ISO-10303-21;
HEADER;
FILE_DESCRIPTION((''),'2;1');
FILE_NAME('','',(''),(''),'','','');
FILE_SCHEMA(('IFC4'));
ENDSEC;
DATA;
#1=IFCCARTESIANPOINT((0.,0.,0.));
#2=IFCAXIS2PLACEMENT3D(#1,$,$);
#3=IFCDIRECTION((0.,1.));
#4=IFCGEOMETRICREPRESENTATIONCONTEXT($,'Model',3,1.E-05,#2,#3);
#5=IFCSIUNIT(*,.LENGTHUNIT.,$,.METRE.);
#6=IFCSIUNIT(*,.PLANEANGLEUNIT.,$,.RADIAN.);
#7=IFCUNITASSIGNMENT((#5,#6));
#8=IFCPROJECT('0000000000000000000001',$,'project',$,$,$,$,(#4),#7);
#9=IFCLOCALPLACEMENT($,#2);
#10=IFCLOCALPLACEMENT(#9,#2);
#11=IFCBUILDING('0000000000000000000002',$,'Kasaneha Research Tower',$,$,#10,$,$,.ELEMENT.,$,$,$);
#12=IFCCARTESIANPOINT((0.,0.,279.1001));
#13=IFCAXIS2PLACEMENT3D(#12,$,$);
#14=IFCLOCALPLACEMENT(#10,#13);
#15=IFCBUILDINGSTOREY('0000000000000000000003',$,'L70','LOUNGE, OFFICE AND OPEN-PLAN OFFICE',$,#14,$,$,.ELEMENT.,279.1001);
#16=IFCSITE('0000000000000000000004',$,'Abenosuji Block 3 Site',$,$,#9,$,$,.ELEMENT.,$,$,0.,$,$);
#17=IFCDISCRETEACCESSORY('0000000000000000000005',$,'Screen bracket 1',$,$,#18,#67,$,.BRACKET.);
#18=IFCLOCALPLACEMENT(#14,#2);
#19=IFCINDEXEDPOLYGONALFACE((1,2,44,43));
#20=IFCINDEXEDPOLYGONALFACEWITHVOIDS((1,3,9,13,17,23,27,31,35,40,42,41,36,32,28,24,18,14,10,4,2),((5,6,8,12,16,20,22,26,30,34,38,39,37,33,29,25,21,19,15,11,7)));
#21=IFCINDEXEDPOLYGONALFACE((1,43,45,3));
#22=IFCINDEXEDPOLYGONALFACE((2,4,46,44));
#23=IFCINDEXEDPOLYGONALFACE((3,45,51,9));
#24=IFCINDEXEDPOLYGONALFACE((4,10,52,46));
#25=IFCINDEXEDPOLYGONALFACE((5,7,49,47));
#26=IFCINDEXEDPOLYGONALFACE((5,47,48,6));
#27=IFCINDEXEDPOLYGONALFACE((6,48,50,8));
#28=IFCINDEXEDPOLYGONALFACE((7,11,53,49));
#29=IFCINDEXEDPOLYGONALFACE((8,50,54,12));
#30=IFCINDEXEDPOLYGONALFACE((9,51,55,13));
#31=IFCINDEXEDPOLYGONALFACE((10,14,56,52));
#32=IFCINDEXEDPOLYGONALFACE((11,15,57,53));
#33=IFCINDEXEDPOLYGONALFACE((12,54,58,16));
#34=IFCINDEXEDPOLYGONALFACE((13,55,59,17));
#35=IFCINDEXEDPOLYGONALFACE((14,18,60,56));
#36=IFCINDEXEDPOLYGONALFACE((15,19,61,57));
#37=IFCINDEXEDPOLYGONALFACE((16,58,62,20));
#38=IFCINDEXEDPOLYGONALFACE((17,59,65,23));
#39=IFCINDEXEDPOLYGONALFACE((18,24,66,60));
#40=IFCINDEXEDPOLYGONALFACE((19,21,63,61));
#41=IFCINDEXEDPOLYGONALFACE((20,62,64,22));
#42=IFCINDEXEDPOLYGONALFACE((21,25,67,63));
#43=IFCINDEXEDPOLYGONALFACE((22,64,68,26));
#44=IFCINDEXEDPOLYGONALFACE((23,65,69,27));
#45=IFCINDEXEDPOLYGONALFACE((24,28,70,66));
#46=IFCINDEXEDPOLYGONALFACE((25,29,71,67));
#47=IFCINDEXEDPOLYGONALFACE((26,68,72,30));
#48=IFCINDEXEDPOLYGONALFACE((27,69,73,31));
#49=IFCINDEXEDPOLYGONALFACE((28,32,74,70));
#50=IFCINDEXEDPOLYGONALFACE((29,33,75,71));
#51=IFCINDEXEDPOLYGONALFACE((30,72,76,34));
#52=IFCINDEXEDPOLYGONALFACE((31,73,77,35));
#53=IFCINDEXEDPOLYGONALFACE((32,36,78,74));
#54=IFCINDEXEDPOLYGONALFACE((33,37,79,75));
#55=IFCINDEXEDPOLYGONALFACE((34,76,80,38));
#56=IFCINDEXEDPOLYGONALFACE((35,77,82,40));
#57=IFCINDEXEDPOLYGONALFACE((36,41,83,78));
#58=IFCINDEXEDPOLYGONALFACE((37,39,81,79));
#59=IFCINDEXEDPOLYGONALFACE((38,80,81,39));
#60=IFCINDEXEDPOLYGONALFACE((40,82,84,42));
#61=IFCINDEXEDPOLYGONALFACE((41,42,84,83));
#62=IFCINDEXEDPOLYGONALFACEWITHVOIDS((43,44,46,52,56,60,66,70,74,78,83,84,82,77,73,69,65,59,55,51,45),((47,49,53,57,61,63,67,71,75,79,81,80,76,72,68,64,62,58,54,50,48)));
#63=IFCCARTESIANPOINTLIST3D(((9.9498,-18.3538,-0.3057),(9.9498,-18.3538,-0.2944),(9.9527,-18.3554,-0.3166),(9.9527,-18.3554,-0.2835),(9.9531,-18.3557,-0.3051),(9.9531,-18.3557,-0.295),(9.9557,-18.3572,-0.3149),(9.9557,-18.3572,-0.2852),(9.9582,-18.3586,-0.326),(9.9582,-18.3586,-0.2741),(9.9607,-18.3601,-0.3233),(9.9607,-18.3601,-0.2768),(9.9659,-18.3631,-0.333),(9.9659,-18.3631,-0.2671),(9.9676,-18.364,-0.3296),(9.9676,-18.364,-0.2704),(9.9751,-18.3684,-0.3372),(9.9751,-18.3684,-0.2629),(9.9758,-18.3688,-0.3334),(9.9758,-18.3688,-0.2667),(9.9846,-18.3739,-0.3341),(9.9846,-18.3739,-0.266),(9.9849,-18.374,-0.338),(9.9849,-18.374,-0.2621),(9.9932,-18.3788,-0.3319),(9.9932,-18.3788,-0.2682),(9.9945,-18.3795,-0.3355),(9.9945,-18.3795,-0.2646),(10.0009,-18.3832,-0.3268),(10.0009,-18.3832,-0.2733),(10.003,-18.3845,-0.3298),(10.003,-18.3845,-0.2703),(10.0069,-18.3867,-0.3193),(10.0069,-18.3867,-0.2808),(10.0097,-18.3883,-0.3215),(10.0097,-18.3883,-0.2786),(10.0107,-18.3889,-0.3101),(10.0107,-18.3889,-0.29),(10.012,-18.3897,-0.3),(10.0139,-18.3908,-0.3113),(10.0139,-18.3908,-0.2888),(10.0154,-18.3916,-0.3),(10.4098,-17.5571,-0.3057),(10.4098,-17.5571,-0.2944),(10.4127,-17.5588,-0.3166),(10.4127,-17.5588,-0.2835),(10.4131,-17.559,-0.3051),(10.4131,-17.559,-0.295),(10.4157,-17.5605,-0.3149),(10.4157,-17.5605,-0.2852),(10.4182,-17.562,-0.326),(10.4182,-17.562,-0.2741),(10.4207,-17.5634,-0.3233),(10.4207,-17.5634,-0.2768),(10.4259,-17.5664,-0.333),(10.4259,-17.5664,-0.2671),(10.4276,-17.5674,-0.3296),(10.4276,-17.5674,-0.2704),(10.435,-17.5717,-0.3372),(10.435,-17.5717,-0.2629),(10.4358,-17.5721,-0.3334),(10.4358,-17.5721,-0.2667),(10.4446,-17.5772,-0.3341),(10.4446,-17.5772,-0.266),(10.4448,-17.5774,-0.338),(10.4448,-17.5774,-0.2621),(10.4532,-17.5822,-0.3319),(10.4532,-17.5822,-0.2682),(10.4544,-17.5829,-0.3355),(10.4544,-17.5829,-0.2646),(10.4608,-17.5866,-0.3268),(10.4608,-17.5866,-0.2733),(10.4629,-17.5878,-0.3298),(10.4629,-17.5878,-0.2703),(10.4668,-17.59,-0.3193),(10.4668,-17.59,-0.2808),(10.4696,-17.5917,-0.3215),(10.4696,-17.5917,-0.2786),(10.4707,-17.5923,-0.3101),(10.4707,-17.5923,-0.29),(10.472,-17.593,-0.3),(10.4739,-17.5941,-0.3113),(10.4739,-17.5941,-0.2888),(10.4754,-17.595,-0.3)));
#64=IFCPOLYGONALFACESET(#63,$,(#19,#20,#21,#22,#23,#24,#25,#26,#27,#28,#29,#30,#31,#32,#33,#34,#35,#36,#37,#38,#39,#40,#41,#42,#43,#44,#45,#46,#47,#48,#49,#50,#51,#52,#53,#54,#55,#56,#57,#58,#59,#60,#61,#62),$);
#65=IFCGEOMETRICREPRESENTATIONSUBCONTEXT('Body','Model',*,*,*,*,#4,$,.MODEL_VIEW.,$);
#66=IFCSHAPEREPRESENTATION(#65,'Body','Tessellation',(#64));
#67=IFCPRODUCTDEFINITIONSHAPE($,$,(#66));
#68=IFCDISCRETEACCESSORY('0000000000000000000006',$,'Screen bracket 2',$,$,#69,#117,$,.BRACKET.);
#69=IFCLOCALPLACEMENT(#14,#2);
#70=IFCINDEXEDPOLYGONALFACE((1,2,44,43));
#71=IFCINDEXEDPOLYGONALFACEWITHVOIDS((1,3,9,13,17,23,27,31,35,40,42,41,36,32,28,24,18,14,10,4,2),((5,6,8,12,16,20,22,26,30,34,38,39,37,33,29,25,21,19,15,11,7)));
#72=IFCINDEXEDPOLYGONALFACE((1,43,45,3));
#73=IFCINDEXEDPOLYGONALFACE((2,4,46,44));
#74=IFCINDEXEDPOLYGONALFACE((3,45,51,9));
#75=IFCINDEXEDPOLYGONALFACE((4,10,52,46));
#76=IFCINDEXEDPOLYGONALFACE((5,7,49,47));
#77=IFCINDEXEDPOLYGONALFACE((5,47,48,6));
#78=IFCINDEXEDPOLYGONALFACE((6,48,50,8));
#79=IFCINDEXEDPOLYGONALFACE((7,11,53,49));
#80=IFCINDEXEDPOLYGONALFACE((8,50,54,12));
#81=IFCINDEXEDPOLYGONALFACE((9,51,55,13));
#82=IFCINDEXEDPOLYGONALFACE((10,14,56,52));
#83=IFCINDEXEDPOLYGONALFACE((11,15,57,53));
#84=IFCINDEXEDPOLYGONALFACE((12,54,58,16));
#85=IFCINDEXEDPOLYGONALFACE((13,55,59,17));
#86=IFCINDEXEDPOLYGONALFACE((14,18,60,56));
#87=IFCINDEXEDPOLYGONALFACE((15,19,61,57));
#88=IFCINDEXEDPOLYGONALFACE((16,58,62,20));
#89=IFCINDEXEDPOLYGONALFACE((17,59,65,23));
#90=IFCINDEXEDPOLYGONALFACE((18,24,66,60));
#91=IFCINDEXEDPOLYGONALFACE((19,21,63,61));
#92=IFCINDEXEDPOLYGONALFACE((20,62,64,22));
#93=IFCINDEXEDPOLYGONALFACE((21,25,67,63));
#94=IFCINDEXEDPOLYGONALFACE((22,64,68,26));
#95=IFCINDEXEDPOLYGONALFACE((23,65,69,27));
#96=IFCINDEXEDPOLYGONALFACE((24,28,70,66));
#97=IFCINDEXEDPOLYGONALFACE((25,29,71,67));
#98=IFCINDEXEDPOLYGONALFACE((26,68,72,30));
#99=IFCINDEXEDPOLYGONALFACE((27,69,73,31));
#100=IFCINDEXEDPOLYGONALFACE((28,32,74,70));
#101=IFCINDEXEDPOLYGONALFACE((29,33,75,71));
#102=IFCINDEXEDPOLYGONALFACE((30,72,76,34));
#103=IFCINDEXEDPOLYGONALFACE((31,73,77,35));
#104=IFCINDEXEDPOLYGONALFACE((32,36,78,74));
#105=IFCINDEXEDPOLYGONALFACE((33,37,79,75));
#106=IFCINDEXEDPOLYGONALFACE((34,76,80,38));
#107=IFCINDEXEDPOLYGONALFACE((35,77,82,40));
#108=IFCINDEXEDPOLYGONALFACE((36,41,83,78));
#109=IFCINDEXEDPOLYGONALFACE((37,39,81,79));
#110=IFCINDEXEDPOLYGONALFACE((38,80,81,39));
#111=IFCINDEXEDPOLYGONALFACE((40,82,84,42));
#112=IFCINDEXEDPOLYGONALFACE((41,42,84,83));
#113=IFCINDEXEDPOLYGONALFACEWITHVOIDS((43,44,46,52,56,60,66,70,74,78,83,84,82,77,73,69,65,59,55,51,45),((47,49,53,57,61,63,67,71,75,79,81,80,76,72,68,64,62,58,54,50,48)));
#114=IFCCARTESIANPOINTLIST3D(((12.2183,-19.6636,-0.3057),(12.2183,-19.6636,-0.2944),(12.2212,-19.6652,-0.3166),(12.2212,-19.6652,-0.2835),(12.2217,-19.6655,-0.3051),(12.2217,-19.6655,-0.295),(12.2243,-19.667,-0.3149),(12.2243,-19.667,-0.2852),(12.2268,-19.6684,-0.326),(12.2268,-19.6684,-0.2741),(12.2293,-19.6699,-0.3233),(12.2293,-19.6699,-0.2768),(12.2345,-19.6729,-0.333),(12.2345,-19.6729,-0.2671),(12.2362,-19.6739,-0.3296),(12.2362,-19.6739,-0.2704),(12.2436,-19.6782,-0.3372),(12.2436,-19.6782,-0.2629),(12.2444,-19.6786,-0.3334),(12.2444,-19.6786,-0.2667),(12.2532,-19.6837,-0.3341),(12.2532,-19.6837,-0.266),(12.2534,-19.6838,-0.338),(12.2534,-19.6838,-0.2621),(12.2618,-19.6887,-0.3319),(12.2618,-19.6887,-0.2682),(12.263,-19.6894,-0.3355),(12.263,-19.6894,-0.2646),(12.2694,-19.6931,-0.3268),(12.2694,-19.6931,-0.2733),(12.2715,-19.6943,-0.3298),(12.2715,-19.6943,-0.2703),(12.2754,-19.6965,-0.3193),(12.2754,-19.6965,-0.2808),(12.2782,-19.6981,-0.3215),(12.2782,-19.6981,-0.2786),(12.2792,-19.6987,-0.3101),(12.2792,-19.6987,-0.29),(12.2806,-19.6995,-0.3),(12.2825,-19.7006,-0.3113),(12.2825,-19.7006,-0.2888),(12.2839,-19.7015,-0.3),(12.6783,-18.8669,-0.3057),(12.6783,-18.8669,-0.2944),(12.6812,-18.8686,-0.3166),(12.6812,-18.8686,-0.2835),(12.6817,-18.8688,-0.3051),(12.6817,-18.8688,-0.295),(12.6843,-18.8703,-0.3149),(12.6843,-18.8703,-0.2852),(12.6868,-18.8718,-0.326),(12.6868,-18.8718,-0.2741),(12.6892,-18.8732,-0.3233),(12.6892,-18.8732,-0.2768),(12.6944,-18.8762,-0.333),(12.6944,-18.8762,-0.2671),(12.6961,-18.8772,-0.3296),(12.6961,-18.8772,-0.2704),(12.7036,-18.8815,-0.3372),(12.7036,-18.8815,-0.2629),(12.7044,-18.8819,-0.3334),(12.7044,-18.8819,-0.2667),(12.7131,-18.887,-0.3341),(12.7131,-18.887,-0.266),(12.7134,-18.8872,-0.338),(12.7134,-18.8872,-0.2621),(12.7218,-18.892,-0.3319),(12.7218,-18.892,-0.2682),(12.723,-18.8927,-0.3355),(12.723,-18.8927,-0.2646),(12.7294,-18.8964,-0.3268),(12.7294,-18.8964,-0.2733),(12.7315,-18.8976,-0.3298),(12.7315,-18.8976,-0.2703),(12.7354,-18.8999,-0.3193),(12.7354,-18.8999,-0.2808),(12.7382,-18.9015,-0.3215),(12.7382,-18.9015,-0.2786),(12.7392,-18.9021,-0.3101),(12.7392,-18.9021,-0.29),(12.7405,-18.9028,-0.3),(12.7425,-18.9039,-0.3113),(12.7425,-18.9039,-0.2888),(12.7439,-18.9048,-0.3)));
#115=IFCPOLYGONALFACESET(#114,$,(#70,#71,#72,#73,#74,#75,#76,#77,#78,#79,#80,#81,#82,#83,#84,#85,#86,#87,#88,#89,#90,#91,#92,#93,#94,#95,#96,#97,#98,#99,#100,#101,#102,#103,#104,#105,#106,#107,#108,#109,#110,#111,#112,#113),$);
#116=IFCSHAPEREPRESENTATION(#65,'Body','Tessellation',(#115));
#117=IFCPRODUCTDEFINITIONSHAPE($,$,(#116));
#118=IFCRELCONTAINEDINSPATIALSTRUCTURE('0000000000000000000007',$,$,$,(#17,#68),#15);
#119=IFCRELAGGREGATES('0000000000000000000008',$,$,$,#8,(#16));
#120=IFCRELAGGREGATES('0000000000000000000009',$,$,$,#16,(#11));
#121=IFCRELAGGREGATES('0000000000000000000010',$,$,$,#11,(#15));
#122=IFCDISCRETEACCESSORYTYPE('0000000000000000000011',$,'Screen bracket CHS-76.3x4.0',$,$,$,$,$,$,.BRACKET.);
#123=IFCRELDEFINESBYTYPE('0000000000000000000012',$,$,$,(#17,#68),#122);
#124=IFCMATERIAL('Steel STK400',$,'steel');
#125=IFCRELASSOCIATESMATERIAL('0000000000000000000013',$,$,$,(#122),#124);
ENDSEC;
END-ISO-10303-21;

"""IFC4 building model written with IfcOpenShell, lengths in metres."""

from ifc_helpers import new_model, si_unit, direction, frame, origin, origin_2d, place, context, subcontext, project, spatial, hollow_circle, extrude, material, material_profile, profile_set, type_object, element, save


model = new_model("IFC4")

# Units and contexts
model_context = context("Model", 3, precision=1e-05, world=origin(), true_north=direction((0.0, 1.0)))
body_context = subcontext(model_context, "Body", "Model", "MODEL_VIEW")
ifc_project = project(units=[si_unit("LENGTHUNIT", "METRE"), si_unit("PLANEANGLEUNIT", "RADIAN")], contexts=[model_context])

# Site, building, storey
site_placement = place(None, origin())
site = spatial("IfcSite", under=ifc_project, at=site_placement, Name="Abenosuji Block 3 Site", CompositionType="ELEMENT", RefElevation=0.0)
building_placement = place(site_placement, origin())
building = spatial("IfcBuilding", under=site, at=building_placement, Name="Kasaneha Research Tower", CompositionType="ELEMENT")
storey_placement = place(building_placement, frame((0.0, 0.0, 279.1001)))
storey = spatial("IfcBuildingStorey", under=building, at=storey_placement, Name="L70", Description="LOUNGE, OFFICE AND OPEN-PLAN OFFICE", CompositionType="ELEMENT", Elevation=279.1001)

# Discrete accessories
ifc_material_1 = material(Name="Steel STK400", Category="steel")
ifc_material_profile_1 = material_profile(ifc_material_1, hollow_circle(Radius=0.0381, WallThickness=0.0039, at=origin_2d()), Name="CHS-76.3x4.0")
ifc_profile_set_1 = profile_set([ifc_material_profile_1], Name="Steel STK400")
discrete_accessory_type = type_object("IfcDiscreteAccessoryType", Name="Screen bracket CHS-76.3x4.0", PredefinedType="BRACKET", material=ifc_profile_set_1)
for number, where, z_axis, x_axis, name in (
    (1, (10.4424, -17.5759, -0.3), (-0.500021, -0.866013, 0.0), (0.866013, -0.500021, 0.0), "Screen bracket 1"),
    (2, (12.7109, -18.8857, -0.3), (-0.500021, -0.866013, 0.0), (0.866013, -0.500021, 0.0), "Screen bracket 2"),
):
    element("IfcDiscreteAccessory", number, at=place(storey_placement, frame(where, z_axis=z_axis, x_axis=x_axis)), inside=storey, type_object=discrete_accessory_type, Name=name, PredefinedType="BRACKET", context=body_context, shape_type="SweptSolid", body=[
        extrude(hollow_circle(Radius=0.0381, WallThickness=0.0039, at=origin_2d()), origin(), (0.0, 0.0, 1.0), 0.9199),
    ])

save(model, "model.ifc")
